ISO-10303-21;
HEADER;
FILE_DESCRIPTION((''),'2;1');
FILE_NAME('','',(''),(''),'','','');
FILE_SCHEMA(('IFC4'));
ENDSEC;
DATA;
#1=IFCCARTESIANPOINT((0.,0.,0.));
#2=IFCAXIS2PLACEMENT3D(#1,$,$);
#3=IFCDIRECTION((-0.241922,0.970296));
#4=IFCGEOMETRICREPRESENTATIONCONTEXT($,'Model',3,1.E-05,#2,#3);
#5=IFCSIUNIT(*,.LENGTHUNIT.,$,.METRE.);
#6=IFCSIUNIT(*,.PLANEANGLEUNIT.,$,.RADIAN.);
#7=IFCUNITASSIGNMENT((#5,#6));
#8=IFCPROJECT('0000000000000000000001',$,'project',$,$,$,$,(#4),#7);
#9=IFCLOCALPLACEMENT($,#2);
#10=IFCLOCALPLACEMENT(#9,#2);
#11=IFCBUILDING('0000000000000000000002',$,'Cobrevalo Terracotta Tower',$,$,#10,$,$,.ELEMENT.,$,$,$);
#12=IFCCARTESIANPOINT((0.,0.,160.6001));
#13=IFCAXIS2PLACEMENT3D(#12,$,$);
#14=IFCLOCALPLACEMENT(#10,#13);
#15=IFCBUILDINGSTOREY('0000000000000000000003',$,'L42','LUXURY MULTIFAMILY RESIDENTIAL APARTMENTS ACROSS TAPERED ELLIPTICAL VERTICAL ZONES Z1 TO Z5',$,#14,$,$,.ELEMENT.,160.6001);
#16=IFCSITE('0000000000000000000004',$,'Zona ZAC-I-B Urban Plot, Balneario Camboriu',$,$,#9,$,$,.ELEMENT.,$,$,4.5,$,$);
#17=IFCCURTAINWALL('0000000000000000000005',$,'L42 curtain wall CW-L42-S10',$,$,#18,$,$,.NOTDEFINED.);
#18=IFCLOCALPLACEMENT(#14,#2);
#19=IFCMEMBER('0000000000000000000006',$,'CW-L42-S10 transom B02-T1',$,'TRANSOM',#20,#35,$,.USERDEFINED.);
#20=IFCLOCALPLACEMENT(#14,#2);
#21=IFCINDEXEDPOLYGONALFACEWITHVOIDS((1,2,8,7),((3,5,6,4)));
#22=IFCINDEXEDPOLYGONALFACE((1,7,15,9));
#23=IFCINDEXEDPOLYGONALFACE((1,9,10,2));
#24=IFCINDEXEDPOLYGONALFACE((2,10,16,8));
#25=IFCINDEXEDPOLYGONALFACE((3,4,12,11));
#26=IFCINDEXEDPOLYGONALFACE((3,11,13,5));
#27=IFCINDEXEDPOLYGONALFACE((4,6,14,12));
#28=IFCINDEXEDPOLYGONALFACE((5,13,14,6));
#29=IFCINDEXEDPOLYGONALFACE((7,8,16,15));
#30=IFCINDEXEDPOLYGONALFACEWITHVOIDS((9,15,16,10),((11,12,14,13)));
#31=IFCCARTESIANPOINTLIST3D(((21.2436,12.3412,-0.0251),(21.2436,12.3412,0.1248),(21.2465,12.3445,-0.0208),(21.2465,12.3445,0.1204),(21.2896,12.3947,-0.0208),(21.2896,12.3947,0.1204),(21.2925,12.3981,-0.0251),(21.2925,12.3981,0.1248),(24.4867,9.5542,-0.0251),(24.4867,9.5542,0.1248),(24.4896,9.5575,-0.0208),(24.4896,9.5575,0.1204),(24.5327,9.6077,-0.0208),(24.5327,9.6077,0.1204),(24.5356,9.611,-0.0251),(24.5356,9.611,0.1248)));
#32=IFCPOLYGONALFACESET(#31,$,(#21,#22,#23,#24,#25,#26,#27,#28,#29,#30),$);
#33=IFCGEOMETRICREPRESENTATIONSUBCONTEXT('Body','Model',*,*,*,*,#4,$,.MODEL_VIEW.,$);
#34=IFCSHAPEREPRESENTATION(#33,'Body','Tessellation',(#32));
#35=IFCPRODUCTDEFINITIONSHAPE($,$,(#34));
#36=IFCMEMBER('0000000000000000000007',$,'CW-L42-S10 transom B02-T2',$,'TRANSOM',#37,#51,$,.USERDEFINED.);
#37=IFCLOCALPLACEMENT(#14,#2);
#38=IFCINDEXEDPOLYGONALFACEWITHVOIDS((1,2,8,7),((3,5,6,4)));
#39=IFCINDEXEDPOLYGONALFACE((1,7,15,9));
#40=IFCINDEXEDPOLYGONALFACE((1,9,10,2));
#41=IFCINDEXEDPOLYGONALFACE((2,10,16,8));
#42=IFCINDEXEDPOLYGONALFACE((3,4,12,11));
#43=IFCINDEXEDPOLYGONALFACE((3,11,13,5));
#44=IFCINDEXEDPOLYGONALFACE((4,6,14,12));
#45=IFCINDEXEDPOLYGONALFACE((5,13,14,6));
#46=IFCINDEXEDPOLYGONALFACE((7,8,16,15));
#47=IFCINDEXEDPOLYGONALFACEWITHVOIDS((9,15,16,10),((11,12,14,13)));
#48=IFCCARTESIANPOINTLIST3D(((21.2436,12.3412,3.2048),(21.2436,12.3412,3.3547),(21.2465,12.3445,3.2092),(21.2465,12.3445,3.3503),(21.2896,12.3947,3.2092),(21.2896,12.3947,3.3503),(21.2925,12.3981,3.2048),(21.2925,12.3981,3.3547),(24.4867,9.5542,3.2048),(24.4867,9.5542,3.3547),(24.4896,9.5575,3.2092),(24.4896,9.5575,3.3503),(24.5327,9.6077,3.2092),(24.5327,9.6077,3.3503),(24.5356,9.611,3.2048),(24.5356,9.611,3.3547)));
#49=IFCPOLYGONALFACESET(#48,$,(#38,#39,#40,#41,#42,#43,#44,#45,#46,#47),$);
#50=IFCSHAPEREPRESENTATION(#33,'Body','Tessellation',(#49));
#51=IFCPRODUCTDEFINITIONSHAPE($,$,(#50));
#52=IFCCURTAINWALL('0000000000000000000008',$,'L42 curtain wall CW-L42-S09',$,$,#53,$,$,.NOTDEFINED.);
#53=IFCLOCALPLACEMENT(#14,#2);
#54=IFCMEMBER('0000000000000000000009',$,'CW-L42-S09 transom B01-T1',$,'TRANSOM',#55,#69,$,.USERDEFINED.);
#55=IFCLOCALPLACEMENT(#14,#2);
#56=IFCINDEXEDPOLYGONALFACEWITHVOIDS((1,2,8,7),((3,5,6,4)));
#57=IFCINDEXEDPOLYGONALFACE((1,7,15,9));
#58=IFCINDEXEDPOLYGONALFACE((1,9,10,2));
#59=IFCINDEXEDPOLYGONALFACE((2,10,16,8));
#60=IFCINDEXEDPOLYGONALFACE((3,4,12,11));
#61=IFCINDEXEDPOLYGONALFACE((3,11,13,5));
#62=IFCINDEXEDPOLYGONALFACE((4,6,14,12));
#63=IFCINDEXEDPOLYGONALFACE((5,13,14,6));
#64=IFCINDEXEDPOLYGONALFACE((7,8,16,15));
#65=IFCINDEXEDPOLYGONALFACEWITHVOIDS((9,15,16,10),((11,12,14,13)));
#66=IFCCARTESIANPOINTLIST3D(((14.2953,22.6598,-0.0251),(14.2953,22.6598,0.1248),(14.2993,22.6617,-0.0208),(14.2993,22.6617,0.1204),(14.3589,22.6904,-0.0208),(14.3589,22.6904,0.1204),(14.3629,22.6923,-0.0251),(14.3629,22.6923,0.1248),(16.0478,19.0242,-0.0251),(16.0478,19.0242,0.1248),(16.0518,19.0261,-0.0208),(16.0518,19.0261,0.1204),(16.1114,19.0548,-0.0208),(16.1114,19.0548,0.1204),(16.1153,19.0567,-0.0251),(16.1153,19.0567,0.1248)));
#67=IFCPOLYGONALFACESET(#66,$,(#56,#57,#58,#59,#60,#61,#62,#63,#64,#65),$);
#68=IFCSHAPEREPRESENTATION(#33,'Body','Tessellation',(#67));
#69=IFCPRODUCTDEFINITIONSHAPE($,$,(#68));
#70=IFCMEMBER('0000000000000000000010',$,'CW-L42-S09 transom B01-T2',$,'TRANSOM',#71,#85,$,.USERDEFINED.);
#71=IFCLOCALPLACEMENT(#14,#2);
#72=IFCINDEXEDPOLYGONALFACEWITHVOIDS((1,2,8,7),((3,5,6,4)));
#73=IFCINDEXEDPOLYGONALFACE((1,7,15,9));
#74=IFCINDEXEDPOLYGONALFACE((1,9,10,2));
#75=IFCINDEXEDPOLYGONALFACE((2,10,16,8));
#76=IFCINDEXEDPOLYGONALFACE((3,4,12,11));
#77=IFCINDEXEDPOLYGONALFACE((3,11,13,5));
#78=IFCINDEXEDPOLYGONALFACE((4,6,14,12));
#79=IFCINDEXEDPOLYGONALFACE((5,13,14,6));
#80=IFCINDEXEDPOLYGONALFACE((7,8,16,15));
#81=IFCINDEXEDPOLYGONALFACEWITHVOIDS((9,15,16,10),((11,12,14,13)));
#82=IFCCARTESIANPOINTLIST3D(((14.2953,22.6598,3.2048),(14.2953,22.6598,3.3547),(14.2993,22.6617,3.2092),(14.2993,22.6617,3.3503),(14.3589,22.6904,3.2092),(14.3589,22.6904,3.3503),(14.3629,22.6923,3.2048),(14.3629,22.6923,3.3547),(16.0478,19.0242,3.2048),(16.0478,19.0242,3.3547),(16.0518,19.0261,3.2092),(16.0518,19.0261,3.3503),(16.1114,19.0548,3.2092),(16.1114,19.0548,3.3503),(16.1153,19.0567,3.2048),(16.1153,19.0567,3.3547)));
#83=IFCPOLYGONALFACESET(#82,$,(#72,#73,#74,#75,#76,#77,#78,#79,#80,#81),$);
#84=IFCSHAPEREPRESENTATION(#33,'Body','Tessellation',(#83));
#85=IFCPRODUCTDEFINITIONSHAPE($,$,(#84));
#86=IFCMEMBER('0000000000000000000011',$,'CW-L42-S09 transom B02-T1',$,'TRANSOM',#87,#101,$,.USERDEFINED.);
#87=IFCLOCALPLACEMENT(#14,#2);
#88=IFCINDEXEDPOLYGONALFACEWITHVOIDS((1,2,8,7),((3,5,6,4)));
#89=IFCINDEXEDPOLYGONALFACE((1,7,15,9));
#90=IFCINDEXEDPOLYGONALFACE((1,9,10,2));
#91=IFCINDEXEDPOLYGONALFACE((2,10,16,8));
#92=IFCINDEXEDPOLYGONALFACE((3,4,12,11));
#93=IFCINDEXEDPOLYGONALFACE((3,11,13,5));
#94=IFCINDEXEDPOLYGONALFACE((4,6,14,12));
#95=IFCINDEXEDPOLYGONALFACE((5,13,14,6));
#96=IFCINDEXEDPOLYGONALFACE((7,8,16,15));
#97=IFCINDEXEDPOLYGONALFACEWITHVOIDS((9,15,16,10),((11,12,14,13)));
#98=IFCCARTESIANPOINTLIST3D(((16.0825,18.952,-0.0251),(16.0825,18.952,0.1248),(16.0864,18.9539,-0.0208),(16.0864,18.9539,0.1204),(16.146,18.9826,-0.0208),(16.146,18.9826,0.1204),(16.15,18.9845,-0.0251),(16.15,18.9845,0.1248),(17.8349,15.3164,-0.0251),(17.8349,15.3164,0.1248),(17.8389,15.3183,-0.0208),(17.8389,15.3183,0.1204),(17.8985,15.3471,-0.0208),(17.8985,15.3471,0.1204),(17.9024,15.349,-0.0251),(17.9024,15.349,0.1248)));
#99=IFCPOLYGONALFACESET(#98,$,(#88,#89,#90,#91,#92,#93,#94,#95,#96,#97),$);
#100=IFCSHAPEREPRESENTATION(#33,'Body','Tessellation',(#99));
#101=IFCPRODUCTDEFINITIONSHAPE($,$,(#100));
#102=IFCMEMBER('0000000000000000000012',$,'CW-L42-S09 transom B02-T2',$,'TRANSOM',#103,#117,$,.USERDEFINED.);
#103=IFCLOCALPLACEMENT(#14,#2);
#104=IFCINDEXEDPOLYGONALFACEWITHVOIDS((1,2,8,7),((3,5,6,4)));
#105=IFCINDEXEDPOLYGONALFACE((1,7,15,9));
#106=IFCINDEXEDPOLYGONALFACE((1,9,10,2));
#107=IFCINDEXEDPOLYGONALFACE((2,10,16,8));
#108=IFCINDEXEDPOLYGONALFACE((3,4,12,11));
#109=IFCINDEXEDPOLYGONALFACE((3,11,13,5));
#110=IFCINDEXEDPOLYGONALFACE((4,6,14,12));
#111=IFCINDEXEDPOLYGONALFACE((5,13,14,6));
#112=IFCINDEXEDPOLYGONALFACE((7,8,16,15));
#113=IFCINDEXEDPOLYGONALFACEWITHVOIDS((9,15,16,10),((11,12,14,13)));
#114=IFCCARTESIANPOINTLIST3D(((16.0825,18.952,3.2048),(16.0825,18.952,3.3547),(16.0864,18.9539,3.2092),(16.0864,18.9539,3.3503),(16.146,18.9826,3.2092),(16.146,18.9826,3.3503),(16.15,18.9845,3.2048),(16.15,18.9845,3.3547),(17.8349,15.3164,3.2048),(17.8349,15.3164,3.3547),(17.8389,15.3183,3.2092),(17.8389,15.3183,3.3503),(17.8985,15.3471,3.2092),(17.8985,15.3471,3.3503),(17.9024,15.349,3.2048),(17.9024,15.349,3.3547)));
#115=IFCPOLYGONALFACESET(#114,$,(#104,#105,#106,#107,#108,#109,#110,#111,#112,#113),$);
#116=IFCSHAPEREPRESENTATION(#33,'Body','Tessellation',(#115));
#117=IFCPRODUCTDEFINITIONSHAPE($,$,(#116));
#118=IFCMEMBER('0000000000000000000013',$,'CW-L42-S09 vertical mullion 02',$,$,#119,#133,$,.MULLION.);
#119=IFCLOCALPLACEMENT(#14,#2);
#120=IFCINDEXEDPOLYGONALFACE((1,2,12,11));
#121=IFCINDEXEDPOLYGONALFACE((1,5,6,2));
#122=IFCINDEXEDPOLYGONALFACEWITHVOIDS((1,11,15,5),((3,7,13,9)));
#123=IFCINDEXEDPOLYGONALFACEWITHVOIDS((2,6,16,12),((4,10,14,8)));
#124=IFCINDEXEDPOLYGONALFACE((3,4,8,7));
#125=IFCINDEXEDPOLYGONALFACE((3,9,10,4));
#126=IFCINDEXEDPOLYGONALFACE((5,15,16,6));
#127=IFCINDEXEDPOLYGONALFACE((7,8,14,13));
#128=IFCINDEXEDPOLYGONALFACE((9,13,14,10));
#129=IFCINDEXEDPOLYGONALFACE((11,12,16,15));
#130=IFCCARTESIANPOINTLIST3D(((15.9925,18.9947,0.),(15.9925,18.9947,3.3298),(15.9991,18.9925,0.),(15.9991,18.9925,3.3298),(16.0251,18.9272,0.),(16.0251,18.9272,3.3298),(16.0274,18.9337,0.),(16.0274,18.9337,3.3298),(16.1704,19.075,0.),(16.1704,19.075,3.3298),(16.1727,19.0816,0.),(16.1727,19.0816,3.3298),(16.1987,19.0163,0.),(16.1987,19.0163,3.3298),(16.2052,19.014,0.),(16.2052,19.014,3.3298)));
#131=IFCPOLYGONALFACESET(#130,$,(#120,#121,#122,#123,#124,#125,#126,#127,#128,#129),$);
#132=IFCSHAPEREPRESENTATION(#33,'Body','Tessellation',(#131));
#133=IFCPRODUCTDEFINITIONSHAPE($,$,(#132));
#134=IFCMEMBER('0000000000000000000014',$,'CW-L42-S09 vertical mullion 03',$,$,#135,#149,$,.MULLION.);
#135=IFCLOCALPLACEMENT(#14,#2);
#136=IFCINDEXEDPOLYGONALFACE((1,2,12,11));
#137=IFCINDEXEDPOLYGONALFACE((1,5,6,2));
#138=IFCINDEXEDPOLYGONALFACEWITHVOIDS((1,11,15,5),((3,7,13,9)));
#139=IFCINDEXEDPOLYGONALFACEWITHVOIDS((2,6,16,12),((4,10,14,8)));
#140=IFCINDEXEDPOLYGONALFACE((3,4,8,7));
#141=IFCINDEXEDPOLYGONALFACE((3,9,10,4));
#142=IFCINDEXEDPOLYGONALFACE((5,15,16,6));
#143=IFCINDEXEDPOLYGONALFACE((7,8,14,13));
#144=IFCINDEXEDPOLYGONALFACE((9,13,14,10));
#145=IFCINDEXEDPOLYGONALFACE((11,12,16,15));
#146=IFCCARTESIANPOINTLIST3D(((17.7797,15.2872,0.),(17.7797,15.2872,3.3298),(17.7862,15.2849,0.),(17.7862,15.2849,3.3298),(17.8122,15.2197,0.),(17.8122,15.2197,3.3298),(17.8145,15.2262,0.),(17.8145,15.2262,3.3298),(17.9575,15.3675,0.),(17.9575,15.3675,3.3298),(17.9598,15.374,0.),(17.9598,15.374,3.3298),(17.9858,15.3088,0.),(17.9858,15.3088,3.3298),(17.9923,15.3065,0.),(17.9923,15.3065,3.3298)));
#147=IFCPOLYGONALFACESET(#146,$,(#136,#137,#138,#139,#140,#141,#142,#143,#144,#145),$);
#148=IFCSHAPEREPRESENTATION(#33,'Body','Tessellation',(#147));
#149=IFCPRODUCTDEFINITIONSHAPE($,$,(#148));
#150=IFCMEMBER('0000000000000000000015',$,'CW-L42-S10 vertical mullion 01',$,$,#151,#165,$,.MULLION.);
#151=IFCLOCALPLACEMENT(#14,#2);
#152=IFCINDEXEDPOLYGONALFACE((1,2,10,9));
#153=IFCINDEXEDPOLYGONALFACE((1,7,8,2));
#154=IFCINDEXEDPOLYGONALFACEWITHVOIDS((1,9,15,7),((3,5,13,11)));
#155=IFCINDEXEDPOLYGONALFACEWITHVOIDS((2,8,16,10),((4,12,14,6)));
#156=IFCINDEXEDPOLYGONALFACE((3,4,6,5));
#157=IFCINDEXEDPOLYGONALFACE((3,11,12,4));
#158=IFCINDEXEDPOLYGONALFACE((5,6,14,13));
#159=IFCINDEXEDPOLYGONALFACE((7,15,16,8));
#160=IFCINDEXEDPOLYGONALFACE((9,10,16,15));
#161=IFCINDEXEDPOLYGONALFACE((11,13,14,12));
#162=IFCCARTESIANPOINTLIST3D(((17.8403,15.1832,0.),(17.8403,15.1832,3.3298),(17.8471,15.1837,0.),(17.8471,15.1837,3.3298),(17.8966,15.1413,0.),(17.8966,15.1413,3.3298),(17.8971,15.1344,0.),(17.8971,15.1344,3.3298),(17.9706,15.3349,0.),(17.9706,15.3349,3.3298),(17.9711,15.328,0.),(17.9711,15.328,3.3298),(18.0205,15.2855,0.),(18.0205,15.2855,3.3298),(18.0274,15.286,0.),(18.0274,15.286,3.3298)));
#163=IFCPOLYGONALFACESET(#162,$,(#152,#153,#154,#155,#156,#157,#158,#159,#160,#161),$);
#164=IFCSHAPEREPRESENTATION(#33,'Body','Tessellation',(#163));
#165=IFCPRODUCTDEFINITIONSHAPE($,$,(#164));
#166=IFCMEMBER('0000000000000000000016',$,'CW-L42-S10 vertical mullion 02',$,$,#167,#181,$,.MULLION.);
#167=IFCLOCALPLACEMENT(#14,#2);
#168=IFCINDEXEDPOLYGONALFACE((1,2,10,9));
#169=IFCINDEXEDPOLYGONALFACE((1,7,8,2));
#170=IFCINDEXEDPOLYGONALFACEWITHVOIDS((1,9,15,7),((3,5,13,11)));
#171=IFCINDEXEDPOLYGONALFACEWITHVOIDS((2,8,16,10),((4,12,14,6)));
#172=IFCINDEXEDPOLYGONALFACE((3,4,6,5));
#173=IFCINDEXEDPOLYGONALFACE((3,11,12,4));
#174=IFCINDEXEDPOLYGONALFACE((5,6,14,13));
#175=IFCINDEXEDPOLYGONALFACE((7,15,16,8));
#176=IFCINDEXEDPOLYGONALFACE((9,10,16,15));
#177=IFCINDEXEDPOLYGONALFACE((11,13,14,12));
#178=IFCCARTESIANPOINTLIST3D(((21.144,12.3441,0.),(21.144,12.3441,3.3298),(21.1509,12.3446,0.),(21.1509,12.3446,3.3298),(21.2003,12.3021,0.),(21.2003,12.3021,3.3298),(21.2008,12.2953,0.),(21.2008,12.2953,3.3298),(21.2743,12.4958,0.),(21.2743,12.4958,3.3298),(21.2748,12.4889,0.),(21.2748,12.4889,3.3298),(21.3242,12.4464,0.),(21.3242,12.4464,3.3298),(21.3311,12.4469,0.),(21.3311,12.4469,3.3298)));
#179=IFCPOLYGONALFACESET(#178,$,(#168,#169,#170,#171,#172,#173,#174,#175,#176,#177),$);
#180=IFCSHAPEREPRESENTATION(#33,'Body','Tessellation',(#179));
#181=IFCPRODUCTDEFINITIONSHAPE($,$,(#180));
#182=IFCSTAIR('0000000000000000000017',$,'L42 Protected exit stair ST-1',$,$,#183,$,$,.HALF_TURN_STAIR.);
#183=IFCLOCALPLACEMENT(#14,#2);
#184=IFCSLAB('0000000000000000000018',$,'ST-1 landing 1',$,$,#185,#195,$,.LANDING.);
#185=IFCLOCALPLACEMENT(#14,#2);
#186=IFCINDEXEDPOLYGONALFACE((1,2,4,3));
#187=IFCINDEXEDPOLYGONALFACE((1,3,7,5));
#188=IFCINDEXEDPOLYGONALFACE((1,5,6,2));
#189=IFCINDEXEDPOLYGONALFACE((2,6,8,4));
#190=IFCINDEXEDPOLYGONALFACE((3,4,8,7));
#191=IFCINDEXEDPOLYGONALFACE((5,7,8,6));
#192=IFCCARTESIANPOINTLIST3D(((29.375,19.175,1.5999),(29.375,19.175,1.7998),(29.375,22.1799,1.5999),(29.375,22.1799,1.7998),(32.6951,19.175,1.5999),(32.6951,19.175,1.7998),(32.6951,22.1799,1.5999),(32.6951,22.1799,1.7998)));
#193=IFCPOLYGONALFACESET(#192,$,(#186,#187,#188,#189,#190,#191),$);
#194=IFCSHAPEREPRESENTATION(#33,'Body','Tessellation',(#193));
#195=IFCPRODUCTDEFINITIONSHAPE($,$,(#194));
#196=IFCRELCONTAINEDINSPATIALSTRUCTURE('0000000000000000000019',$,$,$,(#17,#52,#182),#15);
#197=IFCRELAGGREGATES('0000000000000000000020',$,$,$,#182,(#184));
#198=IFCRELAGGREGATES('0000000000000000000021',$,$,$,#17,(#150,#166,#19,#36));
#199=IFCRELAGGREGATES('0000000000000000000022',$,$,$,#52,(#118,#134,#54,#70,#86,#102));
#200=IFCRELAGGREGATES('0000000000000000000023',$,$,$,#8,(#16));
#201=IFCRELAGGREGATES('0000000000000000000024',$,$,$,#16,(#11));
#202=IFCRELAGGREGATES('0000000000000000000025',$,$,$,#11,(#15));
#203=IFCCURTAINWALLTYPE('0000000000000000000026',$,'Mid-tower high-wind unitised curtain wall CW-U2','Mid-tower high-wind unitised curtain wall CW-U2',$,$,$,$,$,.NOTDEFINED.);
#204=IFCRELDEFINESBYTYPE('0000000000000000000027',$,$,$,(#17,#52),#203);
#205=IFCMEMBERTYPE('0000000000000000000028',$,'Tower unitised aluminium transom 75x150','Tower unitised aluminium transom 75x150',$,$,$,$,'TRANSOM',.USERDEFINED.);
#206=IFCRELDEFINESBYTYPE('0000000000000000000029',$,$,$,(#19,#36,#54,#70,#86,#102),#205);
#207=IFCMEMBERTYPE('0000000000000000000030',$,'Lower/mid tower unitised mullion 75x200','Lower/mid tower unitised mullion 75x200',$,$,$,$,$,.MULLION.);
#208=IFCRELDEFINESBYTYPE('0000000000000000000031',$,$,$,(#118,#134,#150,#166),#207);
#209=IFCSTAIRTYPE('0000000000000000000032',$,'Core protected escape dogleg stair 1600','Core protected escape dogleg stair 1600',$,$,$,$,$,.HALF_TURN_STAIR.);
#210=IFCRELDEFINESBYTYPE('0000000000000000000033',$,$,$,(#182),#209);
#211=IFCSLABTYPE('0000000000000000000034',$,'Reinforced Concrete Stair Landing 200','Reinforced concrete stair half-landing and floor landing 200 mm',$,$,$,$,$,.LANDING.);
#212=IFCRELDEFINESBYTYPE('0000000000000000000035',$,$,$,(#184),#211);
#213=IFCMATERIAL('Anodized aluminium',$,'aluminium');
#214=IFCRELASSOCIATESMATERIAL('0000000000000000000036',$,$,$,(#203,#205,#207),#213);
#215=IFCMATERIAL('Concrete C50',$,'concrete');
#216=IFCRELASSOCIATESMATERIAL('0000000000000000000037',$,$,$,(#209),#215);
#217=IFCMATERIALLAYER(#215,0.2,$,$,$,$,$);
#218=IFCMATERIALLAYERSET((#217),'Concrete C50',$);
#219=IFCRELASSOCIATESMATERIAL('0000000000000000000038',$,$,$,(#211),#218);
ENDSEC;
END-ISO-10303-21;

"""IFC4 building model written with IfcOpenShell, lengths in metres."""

from ifc_helpers import new_model, si_unit, direction, frame, origin, origin_2d, place, context, subcontext, project, spatial, polyline, hollow_rectangle, outline, extrude, source, transform, mapped, material, layer, layer_set, material_profile, profile_set, type_object, element, aggregate, save


model = new_model("IFC4")

# Units and contexts
model_context = context("Model", 3, precision=1e-05, world=origin(), true_north=direction((-0.241922, 0.970296)))
body_context = subcontext(model_context, "Body", "Model", "MODEL_VIEW")
ifc_project = project(units=[si_unit("LENGTHUNIT", "METRE"), si_unit("PLANEANGLEUNIT", "RADIAN")], contexts=[model_context])

# Site, building, storey
site_placement = place(None, origin())
site = spatial("IfcSite", under=ifc_project, at=site_placement, Name="Zona ZAC-I-B Urban Plot, Balneario Camboriu", CompositionType="ELEMENT", RefElevation=4.5)
building_placement = place(site_placement, origin())
building = spatial("IfcBuilding", under=site, at=building_placement, Name="Cobrevalo Terracotta Tower", CompositionType="ELEMENT")
storey_placement = place(building_placement, frame((0.0, 0.0, 160.6001)))
storey = spatial("IfcBuildingStorey", under=building, at=storey_placement, Name="L42", Description="LUXURY MULTIFAMILY RESIDENTIAL APARTMENTS ACROSS TAPERED ELLIPTICAL VERTICAL ZONES Z1 TO Z5", CompositionType="ELEMENT", Elevation=160.6001)

# Curtain walls, members
ifc_material_1 = material(Name="Anodized aluminium", Category="aluminium")
curtain_wall_type = type_object("IfcCurtainWallType", Name="Mid-tower high-wind unitised curtain wall CW-U2", Description="Mid-tower high-wind unitised curtain wall CW-U2", PredefinedType="NOTDEFINED", material=ifc_material_1)
curtain_wall_1_placement = place(storey_placement, origin())
curtain_wall_1 = element("IfcCurtainWall", 1, at=curtain_wall_1_placement, inside=storey, type_object=curtain_wall_type, Name="L42 curtain wall CW-L42-S10", PredefinedType="NOTDEFINED")
ifc_material_profile_1 = material_profile(ifc_material_1, hollow_rectangle(XDim=0.075, YDim=0.1499, WallThickness=0.0044, at=origin_2d()), Name="CWT 75x150")
ifc_profile_set_1 = profile_set([ifc_material_profile_1], Name="Anodized aluminium")
member_type_1 = type_object("IfcMemberType", Name="Tower unitised aluminium transom 75x150", Description="Tower unitised aluminium transom 75x150", ElementType="TRANSOM", PredefinedType="USERDEFINED", material=ifc_profile_set_1)
shared_shape_1 = source(origin(), body_context, "Body", "SweptSolid", [
    extrude(hollow_rectangle(XDim=0.075, YDim=0.1499, WallThickness=0.0044, at=origin_2d()), origin(), (0.0, 0.0, 1.0), 4.2761),
])
member_1_placement = place(storey_placement, frame((21.2681, 12.3696, 0.0498), z_axis=(0.758418, -0.651769, 0.0), x_axis=(0.651769, 0.758418, 0.0)))
member_1 = element("IfcMember", 2, at=member_1_placement, type_object=member_type_1, Name="CW-L42-S10 transom B02-T1", ObjectType="TRANSOM", PredefinedType="USERDEFINED", context=body_context, shape_type="MappedRepresentation", body=[
    mapped(shared_shape_1, transform((0.0, 0.0, 0.0), scale=1.0)),
])
member_2_placement = place(storey_placement, frame((21.2681, 12.3696, 3.2798), z_axis=(0.758418, -0.651769, 0.0), x_axis=(0.651769, 0.758418, 0.0)))
member_2 = element("IfcMember", 3, at=member_2_placement, type_object=member_type_1, Name="CW-L42-S10 transom B02-T2", ObjectType="TRANSOM", PredefinedType="USERDEFINED", context=body_context, shape_type="MappedRepresentation", body=[
    mapped(shared_shape_1, transform((0.0, 0.0, 0.0), scale=1.0)),
])
curtain_wall_2_placement = place(storey_placement, origin())
curtain_wall_2 = element("IfcCurtainWall", 4, at=curtain_wall_2_placement, inside=storey, type_object=curtain_wall_type, Name="L42 curtain wall CW-L42-S09", PredefinedType="NOTDEFINED")
shared_shape_2 = source(origin(), body_context, "Body", "SweptSolid", [
    extrude(hollow_rectangle(XDim=0.075, YDim=0.1499, WallThickness=0.0044, at=origin_2d()), origin(), (0.0, 0.0, 1.0), 4.0359),
])
member_3_placement = place(storey_placement, frame((14.3291, 22.676, 0.0498), z_axis=(0.434221, -0.900806, 0.0), x_axis=(0.900806, 0.434221, 0.0)))
member_3 = element("IfcMember", 5, at=member_3_placement, type_object=member_type_1, Name="CW-L42-S09 transom B01-T1", ObjectType="TRANSOM", PredefinedType="USERDEFINED", context=body_context, shape_type="MappedRepresentation", body=[
    mapped(shared_shape_2, transform((0.0, 0.0, 0.0), scale=1.0)),
])
member_4_placement = place(storey_placement, frame((14.3291, 22.676, 3.2798), z_axis=(0.434221, -0.900806, 0.0), x_axis=(0.900806, 0.434221, 0.0)))
member_4 = element("IfcMember", 6, at=member_4_placement, type_object=member_type_1, Name="CW-L42-S09 transom B01-T2", ObjectType="TRANSOM", PredefinedType="USERDEFINED", context=body_context, shape_type="MappedRepresentation", body=[
    mapped(shared_shape_2, transform((0.0, 0.0, 0.0), scale=1.0)),
])
member_5_placement = place(storey_placement, frame((16.1162, 18.9683, 0.0498), z_axis=(0.434221, -0.900806, 0.0), x_axis=(0.900806, 0.434221, 0.0)))
member_5 = element("IfcMember", 7, at=member_5_placement, type_object=member_type_1, Name="CW-L42-S09 transom B02-T1", ObjectType="TRANSOM", PredefinedType="USERDEFINED", context=body_context, shape_type="MappedRepresentation", body=[
    mapped(shared_shape_2, transform((0.0, 0.0, 0.0), scale=1.0)),
])
member_6_placement = place(storey_placement, frame((16.1162, 18.9683, 3.2798), z_axis=(0.434221, -0.900806, 0.0), x_axis=(0.900806, 0.434221, 0.0)))
member_6 = element("IfcMember", 8, at=member_6_placement, type_object=member_type_1, Name="CW-L42-S09 transom B02-T2", ObjectType="TRANSOM", PredefinedType="USERDEFINED", context=body_context, shape_type="MappedRepresentation", body=[
    mapped(shared_shape_2, transform((0.0, 0.0, 0.0), scale=1.0)),
])
ifc_material_profile_2 = material_profile(ifc_material_1, hollow_rectangle(XDim=0.075, YDim=0.2, WallThickness=0.0049, at=origin_2d()), Name="CWM 75x200")
ifc_profile_set_2 = profile_set([ifc_material_profile_2], Name="Anodized aluminium")
member_type_2 = type_object("IfcMemberType", Name="Lower/mid tower unitised mullion 75x200", Description="Lower/mid tower unitised mullion 75x200", PredefinedType="MULLION", material=ifc_profile_set_2)
shared_shape_3 = source(origin(), body_context, "Body", "SweptSolid", [
    extrude(hollow_rectangle(XDim=0.075, YDim=0.2, WallThickness=0.0049, at=origin_2d()), origin(), (0.0, 0.0, 1.0), 3.3298),
])
member_7_placement = place(storey_placement, frame((16.0989, 19.0044, 0.0), z_axis=(0.0, 0.0, 1.0), x_axis=(0.434209, -0.900812, 0.0)))
member_7 = element("IfcMember", 9, at=member_7_placement, type_object=member_type_2, Name="CW-L42-S09 vertical mullion 02", PredefinedType="MULLION", context=body_context, shape_type="MappedRepresentation", body=[
    mapped(shared_shape_3, transform((0.0, 0.0, 0.0), scale=1.0)),
])
member_8_placement = place(storey_placement, frame((17.886, 15.2969, 0.0), z_axis=(0.0, 0.0, 1.0), x_axis=(0.434209, -0.900812, 0.0)))
member_8 = element("IfcMember", 10, at=member_8_placement, type_object=member_type_2, Name="CW-L42-S09 vertical mullion 03", PredefinedType="MULLION", context=body_context, shape_type="MappedRepresentation", body=[
    mapped(shared_shape_3, transform((0.0, 0.0, 0.0), scale=1.0)),
])

# Members
member_9_placement = place(storey_placement, frame((17.9338, 15.2346, 0.0), z_axis=(0.0, 0.0, 1.0), x_axis=(0.758442, -0.651741, 0.0)))
member_9 = element("IfcMember", 11, at=member_9_placement, type_object=member_type_2, Name="CW-L42-S10 vertical mullion 01", PredefinedType="MULLION", context=body_context, shape_type="MappedRepresentation", body=[
    mapped(shared_shape_3, transform((0.0, 0.0, 0.0), scale=1.0)),
])
member_10_placement = place(storey_placement, frame((21.2375, 12.3955, 0.0), z_axis=(0.0, 0.0, 1.0), x_axis=(0.758442, -0.651741, 0.0)))
member_10 = element("IfcMember", 12, at=member_10_placement, type_object=member_type_2, Name="CW-L42-S10 vertical mullion 02", PredefinedType="MULLION", context=body_context, shape_type="MappedRepresentation", body=[
    mapped(shared_shape_3, transform((0.0, 0.0, 0.0), scale=1.0)),
])

# Stair, slab
ifc_material_2 = material(Name="Concrete C50", Category="concrete")
stair_type = type_object("IfcStairType", Name="Core protected escape dogleg stair 1600", Description="Core protected escape dogleg stair 1600", PredefinedType="HALF_TURN_STAIR", material=ifc_material_2)
stair_1_placement = place(storey_placement, origin())
stair_1 = element("IfcStair", 13, at=stair_1_placement, inside=storey, type_object=stair_type, Name="L42 Protected exit stair ST-1", PredefinedType="HALF_TURN_STAIR")
ifc_layer_1 = layer(ifc_material_2, 0.2)
ifc_layer_set_1 = layer_set([ifc_layer_1], Name="Concrete C50")
slab_type_1 = type_object("IfcSlabType", Name="Reinforced Concrete Stair Landing 200", Description="Reinforced concrete stair half-landing and floor landing 200 mm", PredefinedType="LANDING", material=ifc_layer_set_1)
slab_1_placement = place(storey_placement, frame((0.0, 0.0, 1.5999)))
slab_1 = element("IfcSlab", 14, at=slab_1_placement, type_object=slab_type_1, Name="ST-1 landing 1", PredefinedType="LANDING", context=body_context, shape_type="SweptSolid", body=[
    extrude(outline(polyline([(29.375, 22.1799), (29.375, 19.175), (32.6951, 19.175), (32.6951, 22.1799), (29.375, 22.1799)])), origin(), (0.0, 0.0, 1.0), 0.2),
])
aggregate(stair_1, [slab_1])

aggregate(curtain_wall_1, [member_9, member_10, member_1, member_2])
aggregate(curtain_wall_2, [member_7, member_8, member_3, member_4, member_5, member_6])

save(model, "model.ifc")
